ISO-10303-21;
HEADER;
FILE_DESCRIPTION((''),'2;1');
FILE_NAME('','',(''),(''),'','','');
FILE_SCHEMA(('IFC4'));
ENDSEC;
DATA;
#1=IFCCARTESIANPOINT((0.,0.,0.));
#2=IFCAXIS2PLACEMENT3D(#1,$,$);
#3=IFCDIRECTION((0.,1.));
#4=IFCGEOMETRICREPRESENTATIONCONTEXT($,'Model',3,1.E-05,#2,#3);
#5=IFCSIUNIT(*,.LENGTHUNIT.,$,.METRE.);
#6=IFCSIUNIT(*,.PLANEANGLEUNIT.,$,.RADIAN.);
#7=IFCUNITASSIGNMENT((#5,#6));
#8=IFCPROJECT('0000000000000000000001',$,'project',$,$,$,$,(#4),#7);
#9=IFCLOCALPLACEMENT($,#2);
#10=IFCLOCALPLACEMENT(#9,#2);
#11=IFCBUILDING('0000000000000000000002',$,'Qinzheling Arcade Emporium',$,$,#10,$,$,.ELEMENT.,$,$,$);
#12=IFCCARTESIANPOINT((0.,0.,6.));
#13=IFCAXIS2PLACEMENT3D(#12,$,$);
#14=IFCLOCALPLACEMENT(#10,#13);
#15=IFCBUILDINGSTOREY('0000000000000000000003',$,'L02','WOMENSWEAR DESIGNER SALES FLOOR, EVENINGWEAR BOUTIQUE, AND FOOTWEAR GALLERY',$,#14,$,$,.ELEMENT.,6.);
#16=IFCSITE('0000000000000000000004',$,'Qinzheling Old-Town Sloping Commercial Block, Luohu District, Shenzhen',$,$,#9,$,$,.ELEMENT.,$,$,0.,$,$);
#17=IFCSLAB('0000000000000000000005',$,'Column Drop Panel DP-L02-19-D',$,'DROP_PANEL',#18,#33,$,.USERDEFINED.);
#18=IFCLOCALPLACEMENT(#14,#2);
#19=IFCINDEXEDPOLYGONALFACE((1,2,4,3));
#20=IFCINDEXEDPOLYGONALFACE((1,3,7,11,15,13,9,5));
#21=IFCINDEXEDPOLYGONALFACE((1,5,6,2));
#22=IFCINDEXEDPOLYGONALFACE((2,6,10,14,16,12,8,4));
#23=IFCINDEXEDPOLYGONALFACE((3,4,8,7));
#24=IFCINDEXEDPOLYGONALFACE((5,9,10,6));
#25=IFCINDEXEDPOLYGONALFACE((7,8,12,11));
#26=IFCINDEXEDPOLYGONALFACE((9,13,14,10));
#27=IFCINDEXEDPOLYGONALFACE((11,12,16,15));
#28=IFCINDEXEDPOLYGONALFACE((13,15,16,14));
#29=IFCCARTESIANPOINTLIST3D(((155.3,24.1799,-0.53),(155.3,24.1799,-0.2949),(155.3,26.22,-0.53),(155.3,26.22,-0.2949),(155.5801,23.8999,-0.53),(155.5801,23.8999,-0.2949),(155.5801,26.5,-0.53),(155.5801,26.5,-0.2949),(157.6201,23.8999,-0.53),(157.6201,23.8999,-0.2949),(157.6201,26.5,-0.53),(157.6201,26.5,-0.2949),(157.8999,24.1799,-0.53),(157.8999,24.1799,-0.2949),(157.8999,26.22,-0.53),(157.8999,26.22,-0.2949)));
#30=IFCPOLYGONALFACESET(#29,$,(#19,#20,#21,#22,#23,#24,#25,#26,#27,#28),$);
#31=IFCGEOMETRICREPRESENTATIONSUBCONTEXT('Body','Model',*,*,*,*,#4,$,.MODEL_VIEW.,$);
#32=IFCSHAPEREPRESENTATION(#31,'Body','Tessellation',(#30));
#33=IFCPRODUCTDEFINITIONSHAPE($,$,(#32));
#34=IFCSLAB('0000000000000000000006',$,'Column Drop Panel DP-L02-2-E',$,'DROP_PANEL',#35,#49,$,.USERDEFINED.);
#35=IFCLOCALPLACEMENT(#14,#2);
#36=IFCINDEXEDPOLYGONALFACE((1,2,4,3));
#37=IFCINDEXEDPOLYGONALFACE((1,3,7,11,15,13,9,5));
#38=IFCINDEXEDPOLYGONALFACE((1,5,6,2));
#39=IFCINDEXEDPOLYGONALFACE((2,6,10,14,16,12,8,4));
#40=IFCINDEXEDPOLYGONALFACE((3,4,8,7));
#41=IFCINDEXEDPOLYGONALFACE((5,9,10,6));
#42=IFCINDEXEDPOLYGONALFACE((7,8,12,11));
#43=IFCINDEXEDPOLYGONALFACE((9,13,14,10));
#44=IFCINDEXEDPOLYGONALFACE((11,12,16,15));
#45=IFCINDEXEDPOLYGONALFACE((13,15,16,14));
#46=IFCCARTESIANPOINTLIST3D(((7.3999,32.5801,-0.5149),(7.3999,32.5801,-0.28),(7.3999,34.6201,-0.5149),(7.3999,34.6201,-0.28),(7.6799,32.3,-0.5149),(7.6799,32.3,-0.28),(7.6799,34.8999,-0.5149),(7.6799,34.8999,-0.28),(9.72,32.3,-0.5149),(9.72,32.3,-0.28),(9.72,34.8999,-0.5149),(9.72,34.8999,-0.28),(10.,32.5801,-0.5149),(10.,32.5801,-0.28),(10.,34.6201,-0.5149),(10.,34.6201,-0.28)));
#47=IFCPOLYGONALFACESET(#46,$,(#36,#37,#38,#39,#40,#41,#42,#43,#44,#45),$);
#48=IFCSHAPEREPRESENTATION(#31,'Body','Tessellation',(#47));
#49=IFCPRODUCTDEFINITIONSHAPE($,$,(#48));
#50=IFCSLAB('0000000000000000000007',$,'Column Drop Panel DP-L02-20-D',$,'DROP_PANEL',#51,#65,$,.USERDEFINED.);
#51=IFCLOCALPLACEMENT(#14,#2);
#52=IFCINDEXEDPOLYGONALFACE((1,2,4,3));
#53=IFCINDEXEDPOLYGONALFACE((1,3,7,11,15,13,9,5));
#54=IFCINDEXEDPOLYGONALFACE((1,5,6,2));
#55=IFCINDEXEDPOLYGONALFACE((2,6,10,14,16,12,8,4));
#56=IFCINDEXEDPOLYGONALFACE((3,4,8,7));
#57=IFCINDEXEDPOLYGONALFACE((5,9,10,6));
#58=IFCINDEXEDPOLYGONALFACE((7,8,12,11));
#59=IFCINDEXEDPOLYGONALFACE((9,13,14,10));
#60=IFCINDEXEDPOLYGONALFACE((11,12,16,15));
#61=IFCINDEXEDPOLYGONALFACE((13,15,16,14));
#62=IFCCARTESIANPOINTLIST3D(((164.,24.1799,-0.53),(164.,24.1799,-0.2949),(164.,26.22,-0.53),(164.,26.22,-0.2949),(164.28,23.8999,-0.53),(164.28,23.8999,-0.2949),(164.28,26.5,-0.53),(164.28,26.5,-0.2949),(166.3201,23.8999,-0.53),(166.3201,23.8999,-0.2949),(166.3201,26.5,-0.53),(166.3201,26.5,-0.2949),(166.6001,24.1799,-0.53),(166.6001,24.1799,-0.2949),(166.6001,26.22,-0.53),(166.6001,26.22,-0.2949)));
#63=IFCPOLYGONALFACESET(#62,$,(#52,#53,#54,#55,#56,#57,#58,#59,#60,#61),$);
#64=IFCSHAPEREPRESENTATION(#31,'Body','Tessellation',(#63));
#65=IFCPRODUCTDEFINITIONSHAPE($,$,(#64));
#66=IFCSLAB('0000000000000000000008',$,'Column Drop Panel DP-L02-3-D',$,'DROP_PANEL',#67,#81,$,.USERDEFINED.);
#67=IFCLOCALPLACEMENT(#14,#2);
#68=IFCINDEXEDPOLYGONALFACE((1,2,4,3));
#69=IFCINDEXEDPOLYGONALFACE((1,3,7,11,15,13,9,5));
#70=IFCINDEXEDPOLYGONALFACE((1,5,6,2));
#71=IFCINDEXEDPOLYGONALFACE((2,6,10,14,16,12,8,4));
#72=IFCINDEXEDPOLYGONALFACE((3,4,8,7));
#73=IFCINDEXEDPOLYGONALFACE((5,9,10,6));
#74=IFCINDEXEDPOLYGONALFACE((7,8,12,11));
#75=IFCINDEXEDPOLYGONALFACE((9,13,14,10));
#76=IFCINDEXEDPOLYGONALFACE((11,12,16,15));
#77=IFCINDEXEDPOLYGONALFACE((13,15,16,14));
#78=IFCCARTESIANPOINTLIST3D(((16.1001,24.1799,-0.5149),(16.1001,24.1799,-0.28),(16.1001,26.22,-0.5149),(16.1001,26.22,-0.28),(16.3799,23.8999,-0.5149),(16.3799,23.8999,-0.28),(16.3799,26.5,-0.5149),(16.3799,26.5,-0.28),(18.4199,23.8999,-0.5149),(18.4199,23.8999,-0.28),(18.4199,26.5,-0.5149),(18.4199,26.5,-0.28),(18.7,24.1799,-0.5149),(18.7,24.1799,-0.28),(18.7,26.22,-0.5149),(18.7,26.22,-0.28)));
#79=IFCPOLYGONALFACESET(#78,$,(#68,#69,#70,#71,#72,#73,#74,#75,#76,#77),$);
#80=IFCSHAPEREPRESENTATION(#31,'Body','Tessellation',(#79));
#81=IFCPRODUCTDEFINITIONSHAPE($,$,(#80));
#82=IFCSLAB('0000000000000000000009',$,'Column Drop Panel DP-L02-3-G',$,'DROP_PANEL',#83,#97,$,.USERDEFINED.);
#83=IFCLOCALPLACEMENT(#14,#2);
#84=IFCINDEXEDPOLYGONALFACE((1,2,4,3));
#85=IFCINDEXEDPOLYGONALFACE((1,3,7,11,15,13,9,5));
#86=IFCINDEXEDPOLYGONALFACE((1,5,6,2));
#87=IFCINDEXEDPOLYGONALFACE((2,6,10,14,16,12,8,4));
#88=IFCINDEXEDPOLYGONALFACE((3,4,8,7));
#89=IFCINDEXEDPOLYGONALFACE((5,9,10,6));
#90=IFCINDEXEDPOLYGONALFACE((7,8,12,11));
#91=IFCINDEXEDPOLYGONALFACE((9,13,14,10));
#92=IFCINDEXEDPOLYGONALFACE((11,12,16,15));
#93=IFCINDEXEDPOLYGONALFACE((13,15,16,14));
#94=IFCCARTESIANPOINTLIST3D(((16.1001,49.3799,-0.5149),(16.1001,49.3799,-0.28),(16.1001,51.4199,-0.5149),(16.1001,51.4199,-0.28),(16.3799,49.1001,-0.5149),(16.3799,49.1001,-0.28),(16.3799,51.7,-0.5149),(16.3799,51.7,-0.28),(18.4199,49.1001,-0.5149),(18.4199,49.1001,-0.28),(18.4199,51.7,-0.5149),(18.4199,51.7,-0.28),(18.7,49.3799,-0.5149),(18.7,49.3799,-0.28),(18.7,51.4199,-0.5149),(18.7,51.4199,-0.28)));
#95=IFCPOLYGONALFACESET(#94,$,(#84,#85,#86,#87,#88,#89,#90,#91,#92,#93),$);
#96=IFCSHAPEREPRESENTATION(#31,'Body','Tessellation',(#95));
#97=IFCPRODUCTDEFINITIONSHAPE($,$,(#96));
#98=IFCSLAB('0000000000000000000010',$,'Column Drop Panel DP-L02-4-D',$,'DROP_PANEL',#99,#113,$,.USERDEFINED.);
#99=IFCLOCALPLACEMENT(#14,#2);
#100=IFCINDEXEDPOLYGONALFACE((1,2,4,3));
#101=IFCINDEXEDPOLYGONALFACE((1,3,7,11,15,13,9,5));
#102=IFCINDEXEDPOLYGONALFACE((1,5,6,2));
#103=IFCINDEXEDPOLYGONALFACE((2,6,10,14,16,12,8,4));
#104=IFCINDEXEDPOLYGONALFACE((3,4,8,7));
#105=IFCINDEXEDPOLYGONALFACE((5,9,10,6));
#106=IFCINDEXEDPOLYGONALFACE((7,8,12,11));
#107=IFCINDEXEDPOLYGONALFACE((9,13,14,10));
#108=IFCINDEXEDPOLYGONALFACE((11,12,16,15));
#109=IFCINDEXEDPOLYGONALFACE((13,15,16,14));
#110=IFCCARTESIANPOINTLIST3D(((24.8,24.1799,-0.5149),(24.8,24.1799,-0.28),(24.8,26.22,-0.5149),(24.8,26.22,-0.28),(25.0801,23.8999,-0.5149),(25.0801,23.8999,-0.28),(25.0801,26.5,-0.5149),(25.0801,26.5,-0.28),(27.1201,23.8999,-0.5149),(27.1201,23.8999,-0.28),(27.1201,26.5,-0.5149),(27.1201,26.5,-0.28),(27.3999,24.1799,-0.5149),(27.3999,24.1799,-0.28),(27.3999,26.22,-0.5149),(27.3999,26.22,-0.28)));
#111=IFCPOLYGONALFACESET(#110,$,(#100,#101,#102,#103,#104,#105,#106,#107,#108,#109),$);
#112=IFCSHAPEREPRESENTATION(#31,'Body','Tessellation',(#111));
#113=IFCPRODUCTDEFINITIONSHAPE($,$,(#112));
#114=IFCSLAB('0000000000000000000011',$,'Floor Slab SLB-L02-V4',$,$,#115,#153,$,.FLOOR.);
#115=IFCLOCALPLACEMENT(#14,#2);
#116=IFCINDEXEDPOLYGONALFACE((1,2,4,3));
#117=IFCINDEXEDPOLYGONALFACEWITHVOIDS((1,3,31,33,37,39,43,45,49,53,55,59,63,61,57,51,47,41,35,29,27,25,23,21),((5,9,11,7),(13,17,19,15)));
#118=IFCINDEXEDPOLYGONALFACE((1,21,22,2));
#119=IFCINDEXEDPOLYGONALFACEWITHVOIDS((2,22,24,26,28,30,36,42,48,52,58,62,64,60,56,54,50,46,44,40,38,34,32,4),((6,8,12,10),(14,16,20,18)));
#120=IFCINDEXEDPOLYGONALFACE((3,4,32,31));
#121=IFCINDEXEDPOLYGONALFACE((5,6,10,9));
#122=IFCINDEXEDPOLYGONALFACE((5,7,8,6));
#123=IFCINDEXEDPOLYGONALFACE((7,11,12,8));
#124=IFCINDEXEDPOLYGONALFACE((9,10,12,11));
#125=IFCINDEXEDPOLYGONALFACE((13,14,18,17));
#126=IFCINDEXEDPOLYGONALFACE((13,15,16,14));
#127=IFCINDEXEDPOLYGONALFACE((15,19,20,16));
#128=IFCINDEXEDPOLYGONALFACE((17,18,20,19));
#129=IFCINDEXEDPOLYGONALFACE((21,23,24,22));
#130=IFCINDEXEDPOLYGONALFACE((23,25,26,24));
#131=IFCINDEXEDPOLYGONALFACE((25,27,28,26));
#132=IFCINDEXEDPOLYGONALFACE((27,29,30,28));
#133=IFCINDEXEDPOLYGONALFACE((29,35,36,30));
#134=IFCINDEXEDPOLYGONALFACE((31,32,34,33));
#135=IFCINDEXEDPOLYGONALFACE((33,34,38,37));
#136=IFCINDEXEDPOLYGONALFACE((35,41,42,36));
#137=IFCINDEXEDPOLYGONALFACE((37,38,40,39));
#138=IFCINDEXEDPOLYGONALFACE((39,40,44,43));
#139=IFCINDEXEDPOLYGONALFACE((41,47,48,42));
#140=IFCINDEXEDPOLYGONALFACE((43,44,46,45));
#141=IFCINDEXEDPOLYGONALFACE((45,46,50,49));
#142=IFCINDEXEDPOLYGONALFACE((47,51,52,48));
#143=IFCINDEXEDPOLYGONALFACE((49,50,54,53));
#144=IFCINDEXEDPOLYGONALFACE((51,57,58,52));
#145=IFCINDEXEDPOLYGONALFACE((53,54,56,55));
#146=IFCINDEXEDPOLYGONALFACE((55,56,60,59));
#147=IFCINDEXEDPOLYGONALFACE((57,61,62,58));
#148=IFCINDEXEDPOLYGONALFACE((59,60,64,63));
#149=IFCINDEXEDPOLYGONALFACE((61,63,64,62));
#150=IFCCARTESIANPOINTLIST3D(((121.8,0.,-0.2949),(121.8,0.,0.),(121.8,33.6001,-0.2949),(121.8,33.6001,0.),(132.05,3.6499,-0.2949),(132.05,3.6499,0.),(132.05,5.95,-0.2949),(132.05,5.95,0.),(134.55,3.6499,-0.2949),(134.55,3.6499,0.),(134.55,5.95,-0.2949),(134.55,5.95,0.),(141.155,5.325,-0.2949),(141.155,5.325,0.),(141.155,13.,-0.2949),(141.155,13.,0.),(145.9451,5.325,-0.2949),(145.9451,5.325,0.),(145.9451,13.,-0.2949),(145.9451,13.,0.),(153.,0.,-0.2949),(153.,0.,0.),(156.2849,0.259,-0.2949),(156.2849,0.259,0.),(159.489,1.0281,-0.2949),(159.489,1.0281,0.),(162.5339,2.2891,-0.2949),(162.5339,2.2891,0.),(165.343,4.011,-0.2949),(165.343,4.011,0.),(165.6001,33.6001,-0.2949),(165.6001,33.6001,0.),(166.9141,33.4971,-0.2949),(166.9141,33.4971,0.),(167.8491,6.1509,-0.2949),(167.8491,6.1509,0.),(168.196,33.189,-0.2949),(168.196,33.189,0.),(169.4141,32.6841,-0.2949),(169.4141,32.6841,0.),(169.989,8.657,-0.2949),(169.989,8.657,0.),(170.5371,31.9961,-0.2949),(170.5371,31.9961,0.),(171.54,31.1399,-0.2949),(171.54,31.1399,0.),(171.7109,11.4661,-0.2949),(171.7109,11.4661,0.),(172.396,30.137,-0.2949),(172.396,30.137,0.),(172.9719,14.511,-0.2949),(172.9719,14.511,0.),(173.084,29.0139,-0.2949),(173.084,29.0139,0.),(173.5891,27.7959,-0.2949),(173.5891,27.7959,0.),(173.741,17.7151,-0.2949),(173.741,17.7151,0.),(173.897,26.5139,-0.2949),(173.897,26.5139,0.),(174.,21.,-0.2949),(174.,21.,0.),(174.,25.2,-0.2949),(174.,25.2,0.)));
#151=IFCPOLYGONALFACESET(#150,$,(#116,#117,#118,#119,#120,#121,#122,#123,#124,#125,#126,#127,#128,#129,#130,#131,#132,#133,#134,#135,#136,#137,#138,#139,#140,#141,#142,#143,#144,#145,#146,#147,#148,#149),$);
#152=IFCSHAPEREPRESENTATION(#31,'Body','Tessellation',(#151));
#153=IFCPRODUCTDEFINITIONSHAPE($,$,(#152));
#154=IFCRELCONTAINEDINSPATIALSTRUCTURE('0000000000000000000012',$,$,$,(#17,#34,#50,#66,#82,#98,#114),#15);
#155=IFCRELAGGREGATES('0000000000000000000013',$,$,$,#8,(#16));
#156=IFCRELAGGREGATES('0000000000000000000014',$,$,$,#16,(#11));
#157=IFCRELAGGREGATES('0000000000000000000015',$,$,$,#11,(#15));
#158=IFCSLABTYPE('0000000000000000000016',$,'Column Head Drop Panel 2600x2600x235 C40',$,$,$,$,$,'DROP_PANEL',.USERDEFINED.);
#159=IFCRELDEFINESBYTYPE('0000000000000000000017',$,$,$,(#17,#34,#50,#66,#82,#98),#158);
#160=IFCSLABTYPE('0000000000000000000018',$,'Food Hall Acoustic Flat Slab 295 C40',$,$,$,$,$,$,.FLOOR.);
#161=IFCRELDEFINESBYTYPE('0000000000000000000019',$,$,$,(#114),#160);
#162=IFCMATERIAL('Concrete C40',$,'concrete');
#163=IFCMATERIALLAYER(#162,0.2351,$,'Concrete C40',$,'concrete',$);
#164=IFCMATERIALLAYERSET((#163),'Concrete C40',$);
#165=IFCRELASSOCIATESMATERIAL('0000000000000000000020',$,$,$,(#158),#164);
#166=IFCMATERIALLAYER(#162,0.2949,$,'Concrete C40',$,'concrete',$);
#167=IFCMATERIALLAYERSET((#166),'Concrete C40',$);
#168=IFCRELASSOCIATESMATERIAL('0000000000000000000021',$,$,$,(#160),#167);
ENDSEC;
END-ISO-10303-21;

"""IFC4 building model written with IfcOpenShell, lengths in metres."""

from ifc_helpers import new_model, si_unit, direction, frame, origin, place, context, subcontext, project, spatial, polyline, outline, extrude, material, layer, layer_set, type_object, element, save


model = new_model("IFC4")

# Units and contexts
model_context = context("Model", 3, precision=1e-05, world=origin(), true_north=direction((0.0, 1.0)))
body_context = subcontext(model_context, "Body", "Model", "MODEL_VIEW")
ifc_project = project(units=[si_unit("LENGTHUNIT", "METRE"), si_unit("PLANEANGLEUNIT", "RADIAN")], contexts=[model_context])

# Site, building, storey
site_placement = place(None, origin())
site = spatial("IfcSite", under=ifc_project, at=site_placement, Name="Qinzheling Old-Town Sloping Commercial Block, Luohu District, Shenzhen", CompositionType="ELEMENT", RefElevation=0.0)
building_placement = place(site_placement, origin())
building = spatial("IfcBuilding", under=site, at=building_placement, Name="Qinzheling Arcade Emporium", CompositionType="ELEMENT")
storey_placement = place(building_placement, frame((0.0, 0.0, 6.0)))
storey = spatial("IfcBuildingStorey", under=building, at=storey_placement, Name="L02", Description="WOMENSWEAR DESIGNER SALES FLOOR, EVENINGWEAR BOUTIQUE, AND FOOTWEAR GALLERY", CompositionType="ELEMENT", Elevation=6.0)

# Slabs
ifc_material = material(Name="Concrete C40", Category="concrete")
ifc_layer_1 = layer(ifc_material, 0.2351, Name="Concrete C40", Category="concrete")
ifc_layer_set_1 = layer_set([ifc_layer_1], Name="Concrete C40")
slab_type_1 = type_object("IfcSlabType", Name="Column Head Drop Panel 2600x2600x235 C40", ElementType="DROP_PANEL", PredefinedType="USERDEFINED", material=ifc_layer_set_1)
slab_1_placement = place(storey_placement, frame((0.0, 0.0, -0.53)))
element("IfcSlab", 1, at=slab_1_placement, inside=storey, type_object=slab_type_1, Name="Column Drop Panel DP-L02-19-D", ObjectType="DROP_PANEL", PredefinedType="USERDEFINED", context=body_context, shape_type="SweptSolid", body=[
    extrude(outline(polyline([(155.5801, 23.8999), (157.6201, 23.8999), (157.8999, 24.1799), (157.8999, 26.22), (157.6201, 26.5), (155.5801, 26.5), (155.3, 26.22), (155.3, 24.1799), (155.5801, 23.8999)])), origin(), (0.0, 0.0, 1.0), 0.2351),
])
slab_2_placement = place(storey_placement, frame((0.0, 0.0, -0.5149)))
element("IfcSlab", 2, at=slab_2_placement, inside=storey, type_object=slab_type_1, Name="Column Drop Panel DP-L02-2-E", ObjectType="DROP_PANEL", PredefinedType="USERDEFINED", context=body_context, shape_type="SweptSolid", body=[
    extrude(outline(polyline([(7.6799, 32.3), (9.72, 32.3), (10.0, 32.5801), (10.0, 34.6201), (9.72, 34.8999), (7.6799, 34.8999), (7.3999, 34.6201), (7.3999, 32.5801), (7.6799, 32.3)])), origin(), (0.0, 0.0, 1.0), 0.2349),
])
slab_3_placement = place(storey_placement, frame((0.0, 0.0, -0.53)))
element("IfcSlab", 3, at=slab_3_placement, inside=storey, type_object=slab_type_1, Name="Column Drop Panel DP-L02-20-D", ObjectType="DROP_PANEL", PredefinedType="USERDEFINED", context=body_context, shape_type="SweptSolid", body=[
    extrude(outline(polyline([(164.28, 23.8999), (166.3201, 23.8999), (166.6001, 24.1799), (166.6001, 26.22), (166.3201, 26.5), (164.28, 26.5), (164.0, 26.22), (164.0, 24.1799), (164.28, 23.8999)])), origin(), (0.0, 0.0, 1.0), 0.2351),
])
slab_4_placement = place(storey_placement, frame((0.0, 0.0, -0.5149)))
element("IfcSlab", 4, at=slab_4_placement, inside=storey, type_object=slab_type_1, Name="Column Drop Panel DP-L02-3-D", ObjectType="DROP_PANEL", PredefinedType="USERDEFINED", context=body_context, shape_type="SweptSolid", body=[
    extrude(outline(polyline([(16.3799, 23.8999), (18.4199, 23.8999), (18.7, 24.1799), (18.7, 26.22), (18.4199, 26.5), (16.3799, 26.5), (16.1001, 26.22), (16.1001, 24.1799), (16.3799, 23.8999)])), origin(), (0.0, 0.0, 1.0), 0.2349),
])
slab_5_placement = place(storey_placement, frame((0.0, 0.0, -0.5149)))
element("IfcSlab", 5, at=slab_5_placement, inside=storey, type_object=slab_type_1, Name="Column Drop Panel DP-L02-3-G", ObjectType="DROP_PANEL", PredefinedType="USERDEFINED", context=body_context, shape_type="SweptSolid", body=[
    extrude(outline(polyline([(16.3799, 49.1001), (18.4199, 49.1001), (18.7, 49.3799), (18.7, 51.4199), (18.4199, 51.7), (16.3799, 51.7), (16.1001, 51.4199), (16.1001, 49.3799), (16.3799, 49.1001)])), origin(), (0.0, 0.0, 1.0), 0.2349),
])
slab_6_placement = place(storey_placement, frame((0.0, 0.0, -0.5149)))
element("IfcSlab", 6, at=slab_6_placement, inside=storey, type_object=slab_type_1, Name="Column Drop Panel DP-L02-4-D", ObjectType="DROP_PANEL", PredefinedType="USERDEFINED", context=body_context, shape_type="SweptSolid", body=[
    extrude(outline(polyline([(25.0801, 23.8999), (27.1201, 23.8999), (27.3999, 24.1799), (27.3999, 26.22), (27.1201, 26.5), (25.0801, 26.5), (24.8, 26.22), (24.8, 24.1799), (25.0801, 23.8999)])), origin(), (0.0, 0.0, 1.0), 0.2349),
])
ifc_layer_2 = layer(ifc_material, 0.2949, Name="Concrete C40", Category="concrete")
ifc_layer_set_2 = layer_set([ifc_layer_2], Name="Concrete C40")
slab_type_2 = type_object("IfcSlabType", Name="Food Hall Acoustic Flat Slab 295 C40", PredefinedType="FLOOR", material=ifc_layer_set_2)
slab_7_placement = place(storey_placement, frame((0.0, 0.0, -0.2949)))
element("IfcSlab", 7, at=slab_7_placement, inside=storey, type_object=slab_type_2, Name="Floor Slab SLB-L02-V4", PredefinedType="FLOOR", context=body_context, shape_type="SweptSolid", body=[
    extrude(outline(polyline([(121.8, 33.6001), (121.8, 0.0), (153.0, 0.0), (156.2849, 0.259), (159.489, 1.0281), (162.5339, 2.2891), (165.343, 4.011), (167.8491, 6.1509), (169.989, 8.657), (171.7109, 11.4661), (172.9719, 14.511), (173.741, 17.7151), (174.0, 21.0), (174.0, 25.2), (173.897, 26.5139), (173.5891, 27.7959), (173.084, 29.0139), (172.396, 30.137), (171.54, 31.1399), (170.5371, 31.9961), (169.4141, 32.6841), (168.196, 33.189), (166.9141, 33.4971), (165.6001, 33.6001), (121.8, 33.6001)]), holes=[polyline([(141.155, 5.325), (141.155, 13.0), (145.9451, 13.0), (145.9451, 5.325), (141.155, 5.325)]), polyline([(134.55, 3.6499), (132.05, 3.6499), (132.05, 5.95), (134.55, 5.95), (134.55, 3.6499)])]), origin(), (0.0, 0.0, 1.0), 0.2949),
])

save(model, "model.ifc")
